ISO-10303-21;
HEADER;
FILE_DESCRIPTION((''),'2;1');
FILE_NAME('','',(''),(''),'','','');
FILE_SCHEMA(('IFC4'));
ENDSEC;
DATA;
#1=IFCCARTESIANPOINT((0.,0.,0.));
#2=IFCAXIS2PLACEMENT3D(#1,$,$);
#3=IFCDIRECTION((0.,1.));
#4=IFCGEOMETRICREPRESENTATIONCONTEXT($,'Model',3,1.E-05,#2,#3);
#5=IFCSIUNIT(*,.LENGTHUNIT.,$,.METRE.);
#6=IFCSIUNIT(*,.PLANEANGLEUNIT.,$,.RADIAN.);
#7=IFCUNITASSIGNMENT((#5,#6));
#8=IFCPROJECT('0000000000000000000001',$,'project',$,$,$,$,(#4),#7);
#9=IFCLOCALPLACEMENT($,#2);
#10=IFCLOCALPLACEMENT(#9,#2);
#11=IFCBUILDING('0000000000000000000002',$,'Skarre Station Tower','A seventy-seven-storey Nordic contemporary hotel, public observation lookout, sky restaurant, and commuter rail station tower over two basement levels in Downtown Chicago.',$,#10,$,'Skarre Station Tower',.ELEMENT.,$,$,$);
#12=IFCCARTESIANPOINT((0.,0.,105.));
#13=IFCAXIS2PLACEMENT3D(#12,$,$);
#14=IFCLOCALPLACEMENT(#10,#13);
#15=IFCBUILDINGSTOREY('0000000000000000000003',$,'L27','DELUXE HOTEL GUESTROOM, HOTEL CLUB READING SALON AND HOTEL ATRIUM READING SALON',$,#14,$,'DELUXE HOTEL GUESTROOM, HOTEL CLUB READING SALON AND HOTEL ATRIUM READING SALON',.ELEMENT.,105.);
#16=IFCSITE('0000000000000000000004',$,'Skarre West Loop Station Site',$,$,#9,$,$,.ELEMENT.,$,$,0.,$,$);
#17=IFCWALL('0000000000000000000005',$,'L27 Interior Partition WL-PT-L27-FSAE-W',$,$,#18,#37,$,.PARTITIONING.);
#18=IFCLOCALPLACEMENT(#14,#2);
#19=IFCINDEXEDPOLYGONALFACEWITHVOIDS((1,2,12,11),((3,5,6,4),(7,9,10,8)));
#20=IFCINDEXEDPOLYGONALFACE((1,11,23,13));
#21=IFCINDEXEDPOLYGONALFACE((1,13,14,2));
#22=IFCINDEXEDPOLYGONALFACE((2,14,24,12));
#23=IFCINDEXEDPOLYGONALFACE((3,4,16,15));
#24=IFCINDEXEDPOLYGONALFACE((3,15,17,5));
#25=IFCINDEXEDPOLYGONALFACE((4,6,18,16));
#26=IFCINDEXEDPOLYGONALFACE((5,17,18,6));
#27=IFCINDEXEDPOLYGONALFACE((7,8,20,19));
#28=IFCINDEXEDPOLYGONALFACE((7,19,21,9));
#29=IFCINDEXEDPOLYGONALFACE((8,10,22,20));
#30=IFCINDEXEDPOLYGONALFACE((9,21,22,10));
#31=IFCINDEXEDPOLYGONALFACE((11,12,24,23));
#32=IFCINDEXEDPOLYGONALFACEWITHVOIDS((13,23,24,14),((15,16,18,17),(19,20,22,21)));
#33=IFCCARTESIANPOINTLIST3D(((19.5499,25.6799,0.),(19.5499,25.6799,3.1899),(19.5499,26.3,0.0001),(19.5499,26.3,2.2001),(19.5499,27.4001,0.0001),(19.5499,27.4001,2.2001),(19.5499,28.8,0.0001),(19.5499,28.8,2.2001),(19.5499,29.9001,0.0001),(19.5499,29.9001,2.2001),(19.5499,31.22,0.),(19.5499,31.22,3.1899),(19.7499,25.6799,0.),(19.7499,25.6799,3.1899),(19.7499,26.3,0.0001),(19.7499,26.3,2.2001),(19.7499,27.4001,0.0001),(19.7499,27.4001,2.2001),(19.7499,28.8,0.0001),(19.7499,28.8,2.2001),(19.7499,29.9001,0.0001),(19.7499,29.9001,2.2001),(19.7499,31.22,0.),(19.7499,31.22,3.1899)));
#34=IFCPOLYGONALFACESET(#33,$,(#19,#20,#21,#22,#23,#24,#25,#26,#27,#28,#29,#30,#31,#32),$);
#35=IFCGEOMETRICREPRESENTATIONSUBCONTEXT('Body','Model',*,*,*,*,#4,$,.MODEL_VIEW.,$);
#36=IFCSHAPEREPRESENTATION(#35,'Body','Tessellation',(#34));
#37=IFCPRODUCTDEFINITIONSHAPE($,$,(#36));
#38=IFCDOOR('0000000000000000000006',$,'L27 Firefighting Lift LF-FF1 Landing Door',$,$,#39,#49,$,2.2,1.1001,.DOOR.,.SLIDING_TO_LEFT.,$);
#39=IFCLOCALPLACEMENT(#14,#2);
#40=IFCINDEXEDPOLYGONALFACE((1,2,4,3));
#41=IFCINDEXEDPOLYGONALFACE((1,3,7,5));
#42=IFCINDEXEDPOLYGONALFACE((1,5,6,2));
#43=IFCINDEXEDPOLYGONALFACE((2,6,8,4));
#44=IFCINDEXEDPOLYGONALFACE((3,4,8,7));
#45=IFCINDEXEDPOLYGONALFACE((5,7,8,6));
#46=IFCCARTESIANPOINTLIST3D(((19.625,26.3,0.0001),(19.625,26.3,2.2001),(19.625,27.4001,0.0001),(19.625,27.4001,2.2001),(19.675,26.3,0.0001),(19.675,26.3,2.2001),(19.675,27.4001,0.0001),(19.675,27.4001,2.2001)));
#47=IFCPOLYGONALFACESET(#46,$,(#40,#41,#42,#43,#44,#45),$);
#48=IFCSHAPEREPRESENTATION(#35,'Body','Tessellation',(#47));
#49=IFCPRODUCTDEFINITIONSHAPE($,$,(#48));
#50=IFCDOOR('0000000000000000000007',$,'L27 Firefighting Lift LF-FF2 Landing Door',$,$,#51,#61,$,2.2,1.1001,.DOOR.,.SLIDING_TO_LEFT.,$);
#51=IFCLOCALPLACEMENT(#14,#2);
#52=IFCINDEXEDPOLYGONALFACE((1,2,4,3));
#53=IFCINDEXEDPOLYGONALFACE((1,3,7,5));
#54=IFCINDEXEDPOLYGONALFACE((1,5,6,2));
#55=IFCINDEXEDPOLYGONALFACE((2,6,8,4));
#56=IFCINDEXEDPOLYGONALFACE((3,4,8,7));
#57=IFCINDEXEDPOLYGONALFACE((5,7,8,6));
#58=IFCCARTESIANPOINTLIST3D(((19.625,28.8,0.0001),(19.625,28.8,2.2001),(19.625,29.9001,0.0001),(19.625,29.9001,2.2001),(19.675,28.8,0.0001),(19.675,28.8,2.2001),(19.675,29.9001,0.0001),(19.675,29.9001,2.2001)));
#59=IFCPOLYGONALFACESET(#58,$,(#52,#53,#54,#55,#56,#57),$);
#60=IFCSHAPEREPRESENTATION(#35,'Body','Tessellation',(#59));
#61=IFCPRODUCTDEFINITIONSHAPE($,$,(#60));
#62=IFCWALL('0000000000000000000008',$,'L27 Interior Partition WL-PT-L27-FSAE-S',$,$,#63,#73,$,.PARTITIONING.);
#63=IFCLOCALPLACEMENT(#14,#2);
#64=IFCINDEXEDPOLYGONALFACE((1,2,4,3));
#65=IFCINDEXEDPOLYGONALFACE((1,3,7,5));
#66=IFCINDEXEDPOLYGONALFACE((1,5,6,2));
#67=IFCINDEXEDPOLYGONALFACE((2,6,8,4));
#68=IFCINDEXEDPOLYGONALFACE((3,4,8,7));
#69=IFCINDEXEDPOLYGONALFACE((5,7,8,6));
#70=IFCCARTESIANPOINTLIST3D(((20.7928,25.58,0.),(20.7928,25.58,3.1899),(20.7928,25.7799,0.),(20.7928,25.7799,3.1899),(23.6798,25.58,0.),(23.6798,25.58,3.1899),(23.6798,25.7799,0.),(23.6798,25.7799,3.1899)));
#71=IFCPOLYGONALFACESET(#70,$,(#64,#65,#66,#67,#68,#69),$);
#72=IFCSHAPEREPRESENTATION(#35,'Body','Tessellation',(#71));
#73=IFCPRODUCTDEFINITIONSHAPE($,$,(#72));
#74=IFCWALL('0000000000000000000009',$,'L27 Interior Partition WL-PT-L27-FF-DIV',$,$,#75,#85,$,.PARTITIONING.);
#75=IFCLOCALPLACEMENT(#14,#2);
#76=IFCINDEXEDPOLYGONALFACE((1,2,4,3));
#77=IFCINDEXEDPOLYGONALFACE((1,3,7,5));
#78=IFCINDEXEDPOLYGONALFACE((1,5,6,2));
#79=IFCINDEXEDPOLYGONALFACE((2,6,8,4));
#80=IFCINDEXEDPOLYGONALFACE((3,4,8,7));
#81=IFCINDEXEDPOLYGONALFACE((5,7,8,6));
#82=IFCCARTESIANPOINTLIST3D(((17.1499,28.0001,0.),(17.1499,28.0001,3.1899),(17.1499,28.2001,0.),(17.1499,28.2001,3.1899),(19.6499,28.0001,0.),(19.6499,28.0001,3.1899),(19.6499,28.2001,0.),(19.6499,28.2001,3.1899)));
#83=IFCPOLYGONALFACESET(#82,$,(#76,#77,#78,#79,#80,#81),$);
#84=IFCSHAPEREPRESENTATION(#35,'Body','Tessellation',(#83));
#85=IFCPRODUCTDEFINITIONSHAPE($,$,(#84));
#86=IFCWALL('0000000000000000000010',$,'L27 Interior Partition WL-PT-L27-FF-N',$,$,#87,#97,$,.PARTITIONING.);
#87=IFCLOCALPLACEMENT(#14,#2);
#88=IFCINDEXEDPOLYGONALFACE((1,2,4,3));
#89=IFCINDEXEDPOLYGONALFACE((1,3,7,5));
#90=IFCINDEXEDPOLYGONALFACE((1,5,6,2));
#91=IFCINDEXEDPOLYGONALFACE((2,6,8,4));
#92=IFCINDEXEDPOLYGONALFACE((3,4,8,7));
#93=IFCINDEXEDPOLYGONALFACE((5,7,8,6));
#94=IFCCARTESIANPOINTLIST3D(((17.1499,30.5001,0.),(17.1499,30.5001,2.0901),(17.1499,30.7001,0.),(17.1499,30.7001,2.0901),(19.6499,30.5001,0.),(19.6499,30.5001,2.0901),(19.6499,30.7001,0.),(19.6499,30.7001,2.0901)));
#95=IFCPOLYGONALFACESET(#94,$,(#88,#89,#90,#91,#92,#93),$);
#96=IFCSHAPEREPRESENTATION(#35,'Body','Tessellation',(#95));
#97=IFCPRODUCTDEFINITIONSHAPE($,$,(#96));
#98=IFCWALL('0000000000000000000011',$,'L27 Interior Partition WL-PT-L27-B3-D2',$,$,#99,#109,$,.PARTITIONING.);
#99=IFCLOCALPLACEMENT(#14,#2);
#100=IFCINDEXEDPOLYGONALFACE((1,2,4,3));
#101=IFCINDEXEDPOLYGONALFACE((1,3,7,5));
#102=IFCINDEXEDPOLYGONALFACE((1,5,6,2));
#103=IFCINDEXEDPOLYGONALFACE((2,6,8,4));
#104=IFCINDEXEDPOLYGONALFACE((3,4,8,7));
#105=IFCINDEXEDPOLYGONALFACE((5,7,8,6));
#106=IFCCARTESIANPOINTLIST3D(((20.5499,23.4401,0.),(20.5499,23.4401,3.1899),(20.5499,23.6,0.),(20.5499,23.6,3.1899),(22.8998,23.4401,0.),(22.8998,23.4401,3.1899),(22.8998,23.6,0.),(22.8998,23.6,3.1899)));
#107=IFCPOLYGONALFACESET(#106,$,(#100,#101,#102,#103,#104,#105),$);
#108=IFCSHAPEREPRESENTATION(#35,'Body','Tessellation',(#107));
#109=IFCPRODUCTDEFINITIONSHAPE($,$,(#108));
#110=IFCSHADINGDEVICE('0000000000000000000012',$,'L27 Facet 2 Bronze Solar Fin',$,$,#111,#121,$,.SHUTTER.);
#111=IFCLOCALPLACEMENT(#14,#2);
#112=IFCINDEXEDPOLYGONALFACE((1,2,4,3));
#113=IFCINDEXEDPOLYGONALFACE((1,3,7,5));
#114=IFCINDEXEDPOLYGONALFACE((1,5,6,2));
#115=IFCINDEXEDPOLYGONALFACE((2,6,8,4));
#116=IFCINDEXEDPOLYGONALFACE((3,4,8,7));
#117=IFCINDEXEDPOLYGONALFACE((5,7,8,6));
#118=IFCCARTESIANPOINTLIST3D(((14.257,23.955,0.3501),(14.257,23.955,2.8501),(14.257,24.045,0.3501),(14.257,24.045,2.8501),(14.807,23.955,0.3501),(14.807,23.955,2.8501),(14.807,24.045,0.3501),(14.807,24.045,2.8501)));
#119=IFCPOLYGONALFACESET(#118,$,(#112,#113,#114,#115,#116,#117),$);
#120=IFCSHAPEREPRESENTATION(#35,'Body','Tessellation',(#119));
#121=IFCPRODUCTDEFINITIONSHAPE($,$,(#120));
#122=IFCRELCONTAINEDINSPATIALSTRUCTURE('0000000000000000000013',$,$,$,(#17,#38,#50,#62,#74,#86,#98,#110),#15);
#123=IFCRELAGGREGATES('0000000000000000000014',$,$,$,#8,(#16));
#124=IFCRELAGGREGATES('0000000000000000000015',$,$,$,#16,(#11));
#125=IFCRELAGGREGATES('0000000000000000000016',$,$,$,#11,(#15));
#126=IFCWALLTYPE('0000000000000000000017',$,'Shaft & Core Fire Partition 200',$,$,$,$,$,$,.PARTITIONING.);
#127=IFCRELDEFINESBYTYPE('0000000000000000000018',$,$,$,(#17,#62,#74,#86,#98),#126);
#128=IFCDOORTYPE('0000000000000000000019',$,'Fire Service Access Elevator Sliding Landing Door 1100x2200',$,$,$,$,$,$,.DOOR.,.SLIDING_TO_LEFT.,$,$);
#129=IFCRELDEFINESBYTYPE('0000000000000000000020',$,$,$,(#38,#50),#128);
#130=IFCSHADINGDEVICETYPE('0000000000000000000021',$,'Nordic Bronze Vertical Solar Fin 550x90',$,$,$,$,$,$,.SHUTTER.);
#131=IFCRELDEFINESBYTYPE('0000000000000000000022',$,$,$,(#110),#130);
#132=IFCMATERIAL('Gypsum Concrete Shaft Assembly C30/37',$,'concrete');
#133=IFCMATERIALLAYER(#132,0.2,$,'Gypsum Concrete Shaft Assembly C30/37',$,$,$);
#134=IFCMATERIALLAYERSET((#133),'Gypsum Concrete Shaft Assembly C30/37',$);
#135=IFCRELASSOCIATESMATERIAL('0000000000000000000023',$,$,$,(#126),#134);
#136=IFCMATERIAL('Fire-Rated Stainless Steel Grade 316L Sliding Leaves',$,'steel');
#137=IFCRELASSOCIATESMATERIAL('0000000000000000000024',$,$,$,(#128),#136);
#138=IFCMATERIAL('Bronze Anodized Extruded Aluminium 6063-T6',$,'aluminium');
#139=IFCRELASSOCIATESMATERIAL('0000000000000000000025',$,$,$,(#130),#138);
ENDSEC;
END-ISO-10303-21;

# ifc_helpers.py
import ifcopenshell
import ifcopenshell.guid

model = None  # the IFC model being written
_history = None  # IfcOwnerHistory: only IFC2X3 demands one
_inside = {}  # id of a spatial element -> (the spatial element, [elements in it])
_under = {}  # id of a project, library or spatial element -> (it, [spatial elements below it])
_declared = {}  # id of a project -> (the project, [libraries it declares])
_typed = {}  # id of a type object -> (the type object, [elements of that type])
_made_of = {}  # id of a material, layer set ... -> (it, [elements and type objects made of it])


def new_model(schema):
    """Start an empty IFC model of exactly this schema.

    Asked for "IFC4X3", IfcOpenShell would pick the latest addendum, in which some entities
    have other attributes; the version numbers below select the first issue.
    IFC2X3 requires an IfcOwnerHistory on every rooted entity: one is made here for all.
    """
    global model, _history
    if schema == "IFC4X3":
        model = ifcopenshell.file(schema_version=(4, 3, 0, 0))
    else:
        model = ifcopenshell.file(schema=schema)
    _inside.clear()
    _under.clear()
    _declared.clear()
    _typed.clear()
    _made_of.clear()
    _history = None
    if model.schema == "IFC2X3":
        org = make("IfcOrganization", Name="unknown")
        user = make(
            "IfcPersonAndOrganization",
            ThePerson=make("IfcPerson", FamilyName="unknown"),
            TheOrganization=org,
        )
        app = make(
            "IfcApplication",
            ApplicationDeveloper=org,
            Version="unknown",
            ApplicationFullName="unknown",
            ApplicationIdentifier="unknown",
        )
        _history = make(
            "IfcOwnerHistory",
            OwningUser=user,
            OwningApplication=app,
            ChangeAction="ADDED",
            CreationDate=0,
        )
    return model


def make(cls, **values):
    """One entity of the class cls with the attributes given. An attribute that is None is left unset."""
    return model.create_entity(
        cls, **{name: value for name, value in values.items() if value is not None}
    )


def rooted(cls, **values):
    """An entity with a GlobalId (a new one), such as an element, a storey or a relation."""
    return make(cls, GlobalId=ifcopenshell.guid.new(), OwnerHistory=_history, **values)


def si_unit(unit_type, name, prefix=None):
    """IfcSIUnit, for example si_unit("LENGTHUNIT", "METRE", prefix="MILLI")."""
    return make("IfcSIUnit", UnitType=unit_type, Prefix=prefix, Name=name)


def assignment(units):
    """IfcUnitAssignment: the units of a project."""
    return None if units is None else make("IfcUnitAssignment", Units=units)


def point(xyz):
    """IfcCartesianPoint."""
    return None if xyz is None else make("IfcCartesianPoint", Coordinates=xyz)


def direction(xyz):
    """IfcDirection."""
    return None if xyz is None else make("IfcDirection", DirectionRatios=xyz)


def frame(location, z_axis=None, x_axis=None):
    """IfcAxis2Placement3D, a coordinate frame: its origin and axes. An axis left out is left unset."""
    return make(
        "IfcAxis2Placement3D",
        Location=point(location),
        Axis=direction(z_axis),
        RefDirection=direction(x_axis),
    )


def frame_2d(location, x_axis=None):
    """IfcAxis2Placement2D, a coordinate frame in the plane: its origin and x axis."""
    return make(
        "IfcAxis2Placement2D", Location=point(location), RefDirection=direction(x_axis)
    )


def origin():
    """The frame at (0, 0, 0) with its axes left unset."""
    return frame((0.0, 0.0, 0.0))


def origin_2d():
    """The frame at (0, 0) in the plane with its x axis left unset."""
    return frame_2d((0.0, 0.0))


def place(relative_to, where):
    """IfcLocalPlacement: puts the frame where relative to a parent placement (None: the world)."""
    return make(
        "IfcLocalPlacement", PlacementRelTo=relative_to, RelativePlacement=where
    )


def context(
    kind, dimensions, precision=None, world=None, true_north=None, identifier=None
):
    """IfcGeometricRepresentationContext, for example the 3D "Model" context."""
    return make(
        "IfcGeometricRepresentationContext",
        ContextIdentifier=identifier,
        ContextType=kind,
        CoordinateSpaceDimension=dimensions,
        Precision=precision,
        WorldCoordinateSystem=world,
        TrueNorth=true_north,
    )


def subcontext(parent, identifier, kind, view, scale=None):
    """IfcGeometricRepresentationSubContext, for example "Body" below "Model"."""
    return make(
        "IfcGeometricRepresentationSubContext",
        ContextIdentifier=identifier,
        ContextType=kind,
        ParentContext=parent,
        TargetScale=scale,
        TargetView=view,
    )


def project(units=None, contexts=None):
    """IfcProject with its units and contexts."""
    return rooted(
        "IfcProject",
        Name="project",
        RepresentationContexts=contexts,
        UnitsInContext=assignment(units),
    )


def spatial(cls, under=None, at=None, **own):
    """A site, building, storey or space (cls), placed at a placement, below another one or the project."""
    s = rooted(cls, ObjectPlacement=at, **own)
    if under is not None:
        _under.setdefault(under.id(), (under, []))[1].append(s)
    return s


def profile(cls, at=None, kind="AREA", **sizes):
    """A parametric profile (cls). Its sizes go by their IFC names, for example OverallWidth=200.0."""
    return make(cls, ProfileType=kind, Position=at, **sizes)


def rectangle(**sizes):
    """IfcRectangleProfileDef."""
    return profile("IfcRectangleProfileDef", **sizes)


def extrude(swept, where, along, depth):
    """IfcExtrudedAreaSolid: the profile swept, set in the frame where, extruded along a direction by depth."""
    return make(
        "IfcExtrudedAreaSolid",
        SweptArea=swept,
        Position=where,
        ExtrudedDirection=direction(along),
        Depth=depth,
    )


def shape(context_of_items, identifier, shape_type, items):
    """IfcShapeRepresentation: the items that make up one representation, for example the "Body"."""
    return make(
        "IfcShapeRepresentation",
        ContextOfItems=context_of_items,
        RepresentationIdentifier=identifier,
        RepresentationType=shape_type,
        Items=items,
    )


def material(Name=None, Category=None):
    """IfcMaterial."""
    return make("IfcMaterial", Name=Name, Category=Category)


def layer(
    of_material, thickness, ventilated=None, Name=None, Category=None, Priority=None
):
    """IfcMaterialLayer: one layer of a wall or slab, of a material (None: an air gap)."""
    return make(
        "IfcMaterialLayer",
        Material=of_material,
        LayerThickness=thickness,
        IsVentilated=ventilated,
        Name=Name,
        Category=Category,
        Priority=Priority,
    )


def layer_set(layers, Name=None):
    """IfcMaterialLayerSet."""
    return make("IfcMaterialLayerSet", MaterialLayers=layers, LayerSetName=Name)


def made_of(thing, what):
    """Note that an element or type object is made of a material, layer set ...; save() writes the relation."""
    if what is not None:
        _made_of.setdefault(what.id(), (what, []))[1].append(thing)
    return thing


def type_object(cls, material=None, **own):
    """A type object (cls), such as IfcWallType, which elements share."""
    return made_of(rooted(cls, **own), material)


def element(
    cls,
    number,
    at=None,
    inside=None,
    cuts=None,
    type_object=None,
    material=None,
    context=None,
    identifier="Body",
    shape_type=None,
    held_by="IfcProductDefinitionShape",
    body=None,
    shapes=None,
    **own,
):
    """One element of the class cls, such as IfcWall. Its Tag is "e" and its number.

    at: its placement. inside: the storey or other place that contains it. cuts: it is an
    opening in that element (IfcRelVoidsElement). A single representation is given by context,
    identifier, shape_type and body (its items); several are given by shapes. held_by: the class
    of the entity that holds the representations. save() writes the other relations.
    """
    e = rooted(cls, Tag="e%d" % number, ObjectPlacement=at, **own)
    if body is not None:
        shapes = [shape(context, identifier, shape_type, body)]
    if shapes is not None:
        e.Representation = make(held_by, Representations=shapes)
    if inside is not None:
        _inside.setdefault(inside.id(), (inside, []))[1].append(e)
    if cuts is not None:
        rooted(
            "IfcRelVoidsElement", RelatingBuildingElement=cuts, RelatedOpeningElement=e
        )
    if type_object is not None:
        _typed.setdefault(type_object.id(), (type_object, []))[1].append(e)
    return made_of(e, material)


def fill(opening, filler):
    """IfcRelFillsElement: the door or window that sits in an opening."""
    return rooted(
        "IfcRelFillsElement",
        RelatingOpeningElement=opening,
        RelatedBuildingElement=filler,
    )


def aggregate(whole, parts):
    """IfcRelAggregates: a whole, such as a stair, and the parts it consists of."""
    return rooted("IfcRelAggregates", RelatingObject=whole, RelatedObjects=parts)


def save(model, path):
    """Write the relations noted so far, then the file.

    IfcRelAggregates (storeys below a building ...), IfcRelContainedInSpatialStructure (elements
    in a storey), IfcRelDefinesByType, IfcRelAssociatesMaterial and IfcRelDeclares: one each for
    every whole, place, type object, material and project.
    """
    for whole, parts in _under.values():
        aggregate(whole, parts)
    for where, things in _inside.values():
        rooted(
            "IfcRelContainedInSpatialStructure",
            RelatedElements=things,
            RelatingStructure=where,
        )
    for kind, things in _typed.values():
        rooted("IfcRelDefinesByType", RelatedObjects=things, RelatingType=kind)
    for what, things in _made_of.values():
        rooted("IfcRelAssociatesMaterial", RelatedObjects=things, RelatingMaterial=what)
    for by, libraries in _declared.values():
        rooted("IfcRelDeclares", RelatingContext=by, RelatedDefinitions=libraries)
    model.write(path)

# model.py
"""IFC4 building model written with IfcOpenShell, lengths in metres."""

from ifc_helpers import new_model, si_unit, direction, frame, frame_2d, origin, origin_2d, place, context, subcontext, project, spatial, rectangle, extrude, material, layer, layer_set, type_object, element, fill, save


model = new_model("IFC4")

# Units and contexts
model_context = context("Model", 3, precision=1e-05, world=origin(), true_north=direction((0.0, 1.0)))
body_context = subcontext(model_context, "Body", "Model", "MODEL_VIEW")
ifc_project = project(units=[si_unit("LENGTHUNIT", "METRE"), si_unit("PLANEANGLEUNIT", "RADIAN")], contexts=[model_context])

# Site, building, storey
site_placement = place(None, origin())
site = spatial("IfcSite", under=ifc_project, at=site_placement, Name="Skarre West Loop Station Site", CompositionType="ELEMENT", RefElevation=0.0)
building_placement = place(site_placement, origin())
building = spatial("IfcBuilding", under=site, at=building_placement, Name="Skarre Station Tower", Description="A seventy-seven-storey Nordic contemporary hotel, public observation lookout, sky restaurant, and commuter rail station tower over two basement levels in Downtown Chicago.", LongName="Skarre Station Tower", CompositionType="ELEMENT")
storey_placement = place(building_placement, frame((0.0, 0.0, 105.0)))
storey = spatial("IfcBuildingStorey", under=building, at=storey_placement, Name="L27", Description="DELUXE HOTEL GUESTROOM, HOTEL CLUB READING SALON AND HOTEL ATRIUM READING SALON", LongName="DELUXE HOTEL GUESTROOM, HOTEL CLUB READING SALON AND HOTEL ATRIUM READING SALON", CompositionType="ELEMENT", Elevation=105.0)

# Wall, openings, doors
ifc_material_1 = material(Name="Gypsum Concrete Shaft Assembly C30/37", Category="concrete")
ifc_layer_1 = layer(ifc_material_1, 0.2, Name="Gypsum Concrete Shaft Assembly C30/37")
ifc_layer_set_1 = layer_set([ifc_layer_1], Name="Gypsum Concrete Shaft Assembly C30/37")
wall_type_1 = type_object("IfcWallType", Name="Shaft & Core Fire Partition 200", PredefinedType="PARTITIONING", material=ifc_layer_set_1)
wall_1_placement = place(storey_placement, frame((19.6499, 25.6799, 0.0), z_axis=(0.0, 0.0, 1.0), x_axis=(0.0, 1.0, 0.0)))
wall_1 = element("IfcWall", 1, at=wall_1_placement, inside=storey, type_object=wall_type_1, Name="L27 Interior Partition WL-PT-L27-FSAE-W", PredefinedType="PARTITIONING", context=body_context, shape_type="SweptSolid", body=[
    extrude(rectangle(XDim=5.54, YDim=0.2, at=frame_2d((2.77, 0.0))), origin(), (0.0, 0.0, 1.0), 3.1899),
])
opening_1_placement = place(wall_1_placement, frame((0.6201, 0.0, 0.0)))
opening_1 = element("IfcOpeningElement", 2, at=opening_1_placement, cuts=wall_1, PredefinedType="OPENING", context=body_context, shape_type="SweptSolid", body=[
    extrude(rectangle(XDim=1.1001, YDim=2.2, at=frame_2d((0.55, 1.1001))), frame((0.0, 0.1099, 0.0), z_axis=(0.0, -1.0, 0.0), x_axis=(1.0, 0.0, 0.0)), (0.0, 0.0, 1.0), 0.22),
])
opening_2_placement = place(wall_1_placement, frame((3.1201, 0.0, 0.0)))
opening_2 = element("IfcOpeningElement", 3, at=opening_2_placement, cuts=wall_1, PredefinedType="OPENING", context=body_context, shape_type="SweptSolid", body=[
    extrude(rectangle(XDim=1.1001, YDim=2.2, at=frame_2d((0.55, 1.1001))), frame((0.0, 0.1099, 0.0), z_axis=(0.0, -1.0, 0.0), x_axis=(1.0, 0.0, 0.0)), (0.0, 0.0, 1.0), 0.22),
])
ifc_material_2 = material(Name="Fire-Rated Stainless Steel Grade 316L Sliding Leaves", Category="steel")
door_type = type_object("IfcDoorType", Name="Fire Service Access Elevator Sliding Landing Door 1100x2200", OperationType="SLIDING_TO_LEFT", PredefinedType="DOOR", material=ifc_material_2)
door_1_placement = place(opening_1_placement, origin())
door_1 = element("IfcDoor", 4, at=door_1_placement, inside=storey, type_object=door_type, Name="L27 Firefighting Lift LF-FF1 Landing Door", OperationType="SLIDING_TO_LEFT", OverallHeight=2.2, OverallWidth=1.1001, PredefinedType="DOOR", context=body_context, shape_type="SweptSolid", body=[
    extrude(rectangle(XDim=1.1001, YDim=2.2, at=frame_2d((0.55, 1.1001))), frame((0.0, 0.0249, 0.0), z_axis=(0.0, -1.0, 0.0), x_axis=(1.0, 0.0, 0.0)), (0.0, 0.0, 1.0), 0.05),
])
fill(opening_1, door_1)
door_2_placement = place(opening_2_placement, origin())
door_2 = element("IfcDoor", 5, at=door_2_placement, inside=storey, type_object=door_type, Name="L27 Firefighting Lift LF-FF2 Landing Door", OperationType="SLIDING_TO_LEFT", OverallHeight=2.2, OverallWidth=1.1001, PredefinedType="DOOR", context=body_context, shape_type="SweptSolid", body=[
    extrude(rectangle(XDim=1.1001, YDim=2.2, at=frame_2d((0.55, 1.1001))), frame((0.0, 0.0249, 0.0), z_axis=(0.0, -1.0, 0.0), x_axis=(1.0, 0.0, 0.0)), (0.0, 0.0, 1.0), 0.05),
])
fill(opening_2, door_2)

# Walls
wall_2_placement = place(storey_placement, frame((20.793, 25.6799, 0.0), z_axis=(0.0, 0.0, 1.0), x_axis=(1.0, 0.0, 0.0)))
element("IfcWall", 6, at=wall_2_placement, inside=storey, type_object=wall_type_1, Name="L27 Interior Partition WL-PT-L27-FSAE-S", PredefinedType="PARTITIONING", context=body_context, shape_type="SweptSolid", body=[
    extrude(rectangle(XDim=2.887, YDim=0.2, at=frame_2d((1.4434, 0.0))), origin(), (0.0, 0.0, 1.0), 3.1899),
])
wall_3_placement = place(storey_placement, frame((17.1499, 28.1001, 0.0), z_axis=(0.0, 0.0, 1.0), x_axis=(1.0, 0.0, 0.0)))
element("IfcWall", 7, at=wall_3_placement, inside=storey, type_object=wall_type_1, Name="L27 Interior Partition WL-PT-L27-FF-DIV", PredefinedType="PARTITIONING", context=body_context, shape_type="SweptSolid", body=[
    extrude(rectangle(XDim=2.5, YDim=0.2, at=frame_2d((1.25, 0.0))), origin(), (0.0, 0.0, 1.0), 3.1899),
])
wall_4_placement = place(storey_placement, frame((19.6499, 30.6001, 0.0), z_axis=(0.0, 0.0, 1.0), x_axis=(-1.0, 0.0, 0.0)))
element("IfcWall", 8, at=wall_4_placement, inside=storey, type_object=wall_type_1, Name="L27 Interior Partition WL-PT-L27-FF-N", PredefinedType="PARTITIONING", context=body_context, shape_type="SweptSolid", body=[
    extrude(rectangle(XDim=2.5, YDim=0.2, at=frame_2d((1.25, 0.0))), origin(), (0.0, 0.0, 1.0), 2.0901),
])
wall_5_placement = place(storey_placement, frame((20.55, 23.52, 0.0), z_axis=(0.0, 0.0, 1.0), x_axis=(1.0, 0.0, 0.0)))
element("IfcWall", 9, at=wall_5_placement, inside=storey, type_object=wall_type_1, Name="L27 Interior Partition WL-PT-L27-B3-D2", PredefinedType="PARTITIONING", context=body_context, shape_type="SweptSolid", body=[
    extrude(rectangle(XDim=2.3499, YDim=0.1599, at=frame_2d((1.1748, 0.0))), origin(), (0.0, 0.0, 1.0), 3.1899),
])

# Shading device
ifc_material_3 = material(Name="Bronze Anodized Extruded Aluminium 6063-T6", Category="aluminium")
shading_device_type = type_object("IfcShadingDeviceType", Name="Nordic Bronze Vertical Solar Fin 550x90", PredefinedType="SHUTTER", material=ifc_material_3)
shading_device_placement = place(storey_placement, frame((14.532, 24.0, 0.3501), z_axis=(0.0, 0.0, 1.0), x_axis=(-1.0, 0.0, 0.0)))
element("IfcShadingDevice", 10, at=shading_device_placement, inside=storey, type_object=shading_device_type, Name="L27 Facet 2 Bronze Solar Fin", PredefinedType="SHUTTER", context=body_context, shape_type="SweptSolid", body=[
    extrude(rectangle(XDim=0.55, YDim=0.0901, at=origin_2d()), origin(), (0.0, 0.0, 1.0), 2.5),
])

save(model, "model.ifc")
